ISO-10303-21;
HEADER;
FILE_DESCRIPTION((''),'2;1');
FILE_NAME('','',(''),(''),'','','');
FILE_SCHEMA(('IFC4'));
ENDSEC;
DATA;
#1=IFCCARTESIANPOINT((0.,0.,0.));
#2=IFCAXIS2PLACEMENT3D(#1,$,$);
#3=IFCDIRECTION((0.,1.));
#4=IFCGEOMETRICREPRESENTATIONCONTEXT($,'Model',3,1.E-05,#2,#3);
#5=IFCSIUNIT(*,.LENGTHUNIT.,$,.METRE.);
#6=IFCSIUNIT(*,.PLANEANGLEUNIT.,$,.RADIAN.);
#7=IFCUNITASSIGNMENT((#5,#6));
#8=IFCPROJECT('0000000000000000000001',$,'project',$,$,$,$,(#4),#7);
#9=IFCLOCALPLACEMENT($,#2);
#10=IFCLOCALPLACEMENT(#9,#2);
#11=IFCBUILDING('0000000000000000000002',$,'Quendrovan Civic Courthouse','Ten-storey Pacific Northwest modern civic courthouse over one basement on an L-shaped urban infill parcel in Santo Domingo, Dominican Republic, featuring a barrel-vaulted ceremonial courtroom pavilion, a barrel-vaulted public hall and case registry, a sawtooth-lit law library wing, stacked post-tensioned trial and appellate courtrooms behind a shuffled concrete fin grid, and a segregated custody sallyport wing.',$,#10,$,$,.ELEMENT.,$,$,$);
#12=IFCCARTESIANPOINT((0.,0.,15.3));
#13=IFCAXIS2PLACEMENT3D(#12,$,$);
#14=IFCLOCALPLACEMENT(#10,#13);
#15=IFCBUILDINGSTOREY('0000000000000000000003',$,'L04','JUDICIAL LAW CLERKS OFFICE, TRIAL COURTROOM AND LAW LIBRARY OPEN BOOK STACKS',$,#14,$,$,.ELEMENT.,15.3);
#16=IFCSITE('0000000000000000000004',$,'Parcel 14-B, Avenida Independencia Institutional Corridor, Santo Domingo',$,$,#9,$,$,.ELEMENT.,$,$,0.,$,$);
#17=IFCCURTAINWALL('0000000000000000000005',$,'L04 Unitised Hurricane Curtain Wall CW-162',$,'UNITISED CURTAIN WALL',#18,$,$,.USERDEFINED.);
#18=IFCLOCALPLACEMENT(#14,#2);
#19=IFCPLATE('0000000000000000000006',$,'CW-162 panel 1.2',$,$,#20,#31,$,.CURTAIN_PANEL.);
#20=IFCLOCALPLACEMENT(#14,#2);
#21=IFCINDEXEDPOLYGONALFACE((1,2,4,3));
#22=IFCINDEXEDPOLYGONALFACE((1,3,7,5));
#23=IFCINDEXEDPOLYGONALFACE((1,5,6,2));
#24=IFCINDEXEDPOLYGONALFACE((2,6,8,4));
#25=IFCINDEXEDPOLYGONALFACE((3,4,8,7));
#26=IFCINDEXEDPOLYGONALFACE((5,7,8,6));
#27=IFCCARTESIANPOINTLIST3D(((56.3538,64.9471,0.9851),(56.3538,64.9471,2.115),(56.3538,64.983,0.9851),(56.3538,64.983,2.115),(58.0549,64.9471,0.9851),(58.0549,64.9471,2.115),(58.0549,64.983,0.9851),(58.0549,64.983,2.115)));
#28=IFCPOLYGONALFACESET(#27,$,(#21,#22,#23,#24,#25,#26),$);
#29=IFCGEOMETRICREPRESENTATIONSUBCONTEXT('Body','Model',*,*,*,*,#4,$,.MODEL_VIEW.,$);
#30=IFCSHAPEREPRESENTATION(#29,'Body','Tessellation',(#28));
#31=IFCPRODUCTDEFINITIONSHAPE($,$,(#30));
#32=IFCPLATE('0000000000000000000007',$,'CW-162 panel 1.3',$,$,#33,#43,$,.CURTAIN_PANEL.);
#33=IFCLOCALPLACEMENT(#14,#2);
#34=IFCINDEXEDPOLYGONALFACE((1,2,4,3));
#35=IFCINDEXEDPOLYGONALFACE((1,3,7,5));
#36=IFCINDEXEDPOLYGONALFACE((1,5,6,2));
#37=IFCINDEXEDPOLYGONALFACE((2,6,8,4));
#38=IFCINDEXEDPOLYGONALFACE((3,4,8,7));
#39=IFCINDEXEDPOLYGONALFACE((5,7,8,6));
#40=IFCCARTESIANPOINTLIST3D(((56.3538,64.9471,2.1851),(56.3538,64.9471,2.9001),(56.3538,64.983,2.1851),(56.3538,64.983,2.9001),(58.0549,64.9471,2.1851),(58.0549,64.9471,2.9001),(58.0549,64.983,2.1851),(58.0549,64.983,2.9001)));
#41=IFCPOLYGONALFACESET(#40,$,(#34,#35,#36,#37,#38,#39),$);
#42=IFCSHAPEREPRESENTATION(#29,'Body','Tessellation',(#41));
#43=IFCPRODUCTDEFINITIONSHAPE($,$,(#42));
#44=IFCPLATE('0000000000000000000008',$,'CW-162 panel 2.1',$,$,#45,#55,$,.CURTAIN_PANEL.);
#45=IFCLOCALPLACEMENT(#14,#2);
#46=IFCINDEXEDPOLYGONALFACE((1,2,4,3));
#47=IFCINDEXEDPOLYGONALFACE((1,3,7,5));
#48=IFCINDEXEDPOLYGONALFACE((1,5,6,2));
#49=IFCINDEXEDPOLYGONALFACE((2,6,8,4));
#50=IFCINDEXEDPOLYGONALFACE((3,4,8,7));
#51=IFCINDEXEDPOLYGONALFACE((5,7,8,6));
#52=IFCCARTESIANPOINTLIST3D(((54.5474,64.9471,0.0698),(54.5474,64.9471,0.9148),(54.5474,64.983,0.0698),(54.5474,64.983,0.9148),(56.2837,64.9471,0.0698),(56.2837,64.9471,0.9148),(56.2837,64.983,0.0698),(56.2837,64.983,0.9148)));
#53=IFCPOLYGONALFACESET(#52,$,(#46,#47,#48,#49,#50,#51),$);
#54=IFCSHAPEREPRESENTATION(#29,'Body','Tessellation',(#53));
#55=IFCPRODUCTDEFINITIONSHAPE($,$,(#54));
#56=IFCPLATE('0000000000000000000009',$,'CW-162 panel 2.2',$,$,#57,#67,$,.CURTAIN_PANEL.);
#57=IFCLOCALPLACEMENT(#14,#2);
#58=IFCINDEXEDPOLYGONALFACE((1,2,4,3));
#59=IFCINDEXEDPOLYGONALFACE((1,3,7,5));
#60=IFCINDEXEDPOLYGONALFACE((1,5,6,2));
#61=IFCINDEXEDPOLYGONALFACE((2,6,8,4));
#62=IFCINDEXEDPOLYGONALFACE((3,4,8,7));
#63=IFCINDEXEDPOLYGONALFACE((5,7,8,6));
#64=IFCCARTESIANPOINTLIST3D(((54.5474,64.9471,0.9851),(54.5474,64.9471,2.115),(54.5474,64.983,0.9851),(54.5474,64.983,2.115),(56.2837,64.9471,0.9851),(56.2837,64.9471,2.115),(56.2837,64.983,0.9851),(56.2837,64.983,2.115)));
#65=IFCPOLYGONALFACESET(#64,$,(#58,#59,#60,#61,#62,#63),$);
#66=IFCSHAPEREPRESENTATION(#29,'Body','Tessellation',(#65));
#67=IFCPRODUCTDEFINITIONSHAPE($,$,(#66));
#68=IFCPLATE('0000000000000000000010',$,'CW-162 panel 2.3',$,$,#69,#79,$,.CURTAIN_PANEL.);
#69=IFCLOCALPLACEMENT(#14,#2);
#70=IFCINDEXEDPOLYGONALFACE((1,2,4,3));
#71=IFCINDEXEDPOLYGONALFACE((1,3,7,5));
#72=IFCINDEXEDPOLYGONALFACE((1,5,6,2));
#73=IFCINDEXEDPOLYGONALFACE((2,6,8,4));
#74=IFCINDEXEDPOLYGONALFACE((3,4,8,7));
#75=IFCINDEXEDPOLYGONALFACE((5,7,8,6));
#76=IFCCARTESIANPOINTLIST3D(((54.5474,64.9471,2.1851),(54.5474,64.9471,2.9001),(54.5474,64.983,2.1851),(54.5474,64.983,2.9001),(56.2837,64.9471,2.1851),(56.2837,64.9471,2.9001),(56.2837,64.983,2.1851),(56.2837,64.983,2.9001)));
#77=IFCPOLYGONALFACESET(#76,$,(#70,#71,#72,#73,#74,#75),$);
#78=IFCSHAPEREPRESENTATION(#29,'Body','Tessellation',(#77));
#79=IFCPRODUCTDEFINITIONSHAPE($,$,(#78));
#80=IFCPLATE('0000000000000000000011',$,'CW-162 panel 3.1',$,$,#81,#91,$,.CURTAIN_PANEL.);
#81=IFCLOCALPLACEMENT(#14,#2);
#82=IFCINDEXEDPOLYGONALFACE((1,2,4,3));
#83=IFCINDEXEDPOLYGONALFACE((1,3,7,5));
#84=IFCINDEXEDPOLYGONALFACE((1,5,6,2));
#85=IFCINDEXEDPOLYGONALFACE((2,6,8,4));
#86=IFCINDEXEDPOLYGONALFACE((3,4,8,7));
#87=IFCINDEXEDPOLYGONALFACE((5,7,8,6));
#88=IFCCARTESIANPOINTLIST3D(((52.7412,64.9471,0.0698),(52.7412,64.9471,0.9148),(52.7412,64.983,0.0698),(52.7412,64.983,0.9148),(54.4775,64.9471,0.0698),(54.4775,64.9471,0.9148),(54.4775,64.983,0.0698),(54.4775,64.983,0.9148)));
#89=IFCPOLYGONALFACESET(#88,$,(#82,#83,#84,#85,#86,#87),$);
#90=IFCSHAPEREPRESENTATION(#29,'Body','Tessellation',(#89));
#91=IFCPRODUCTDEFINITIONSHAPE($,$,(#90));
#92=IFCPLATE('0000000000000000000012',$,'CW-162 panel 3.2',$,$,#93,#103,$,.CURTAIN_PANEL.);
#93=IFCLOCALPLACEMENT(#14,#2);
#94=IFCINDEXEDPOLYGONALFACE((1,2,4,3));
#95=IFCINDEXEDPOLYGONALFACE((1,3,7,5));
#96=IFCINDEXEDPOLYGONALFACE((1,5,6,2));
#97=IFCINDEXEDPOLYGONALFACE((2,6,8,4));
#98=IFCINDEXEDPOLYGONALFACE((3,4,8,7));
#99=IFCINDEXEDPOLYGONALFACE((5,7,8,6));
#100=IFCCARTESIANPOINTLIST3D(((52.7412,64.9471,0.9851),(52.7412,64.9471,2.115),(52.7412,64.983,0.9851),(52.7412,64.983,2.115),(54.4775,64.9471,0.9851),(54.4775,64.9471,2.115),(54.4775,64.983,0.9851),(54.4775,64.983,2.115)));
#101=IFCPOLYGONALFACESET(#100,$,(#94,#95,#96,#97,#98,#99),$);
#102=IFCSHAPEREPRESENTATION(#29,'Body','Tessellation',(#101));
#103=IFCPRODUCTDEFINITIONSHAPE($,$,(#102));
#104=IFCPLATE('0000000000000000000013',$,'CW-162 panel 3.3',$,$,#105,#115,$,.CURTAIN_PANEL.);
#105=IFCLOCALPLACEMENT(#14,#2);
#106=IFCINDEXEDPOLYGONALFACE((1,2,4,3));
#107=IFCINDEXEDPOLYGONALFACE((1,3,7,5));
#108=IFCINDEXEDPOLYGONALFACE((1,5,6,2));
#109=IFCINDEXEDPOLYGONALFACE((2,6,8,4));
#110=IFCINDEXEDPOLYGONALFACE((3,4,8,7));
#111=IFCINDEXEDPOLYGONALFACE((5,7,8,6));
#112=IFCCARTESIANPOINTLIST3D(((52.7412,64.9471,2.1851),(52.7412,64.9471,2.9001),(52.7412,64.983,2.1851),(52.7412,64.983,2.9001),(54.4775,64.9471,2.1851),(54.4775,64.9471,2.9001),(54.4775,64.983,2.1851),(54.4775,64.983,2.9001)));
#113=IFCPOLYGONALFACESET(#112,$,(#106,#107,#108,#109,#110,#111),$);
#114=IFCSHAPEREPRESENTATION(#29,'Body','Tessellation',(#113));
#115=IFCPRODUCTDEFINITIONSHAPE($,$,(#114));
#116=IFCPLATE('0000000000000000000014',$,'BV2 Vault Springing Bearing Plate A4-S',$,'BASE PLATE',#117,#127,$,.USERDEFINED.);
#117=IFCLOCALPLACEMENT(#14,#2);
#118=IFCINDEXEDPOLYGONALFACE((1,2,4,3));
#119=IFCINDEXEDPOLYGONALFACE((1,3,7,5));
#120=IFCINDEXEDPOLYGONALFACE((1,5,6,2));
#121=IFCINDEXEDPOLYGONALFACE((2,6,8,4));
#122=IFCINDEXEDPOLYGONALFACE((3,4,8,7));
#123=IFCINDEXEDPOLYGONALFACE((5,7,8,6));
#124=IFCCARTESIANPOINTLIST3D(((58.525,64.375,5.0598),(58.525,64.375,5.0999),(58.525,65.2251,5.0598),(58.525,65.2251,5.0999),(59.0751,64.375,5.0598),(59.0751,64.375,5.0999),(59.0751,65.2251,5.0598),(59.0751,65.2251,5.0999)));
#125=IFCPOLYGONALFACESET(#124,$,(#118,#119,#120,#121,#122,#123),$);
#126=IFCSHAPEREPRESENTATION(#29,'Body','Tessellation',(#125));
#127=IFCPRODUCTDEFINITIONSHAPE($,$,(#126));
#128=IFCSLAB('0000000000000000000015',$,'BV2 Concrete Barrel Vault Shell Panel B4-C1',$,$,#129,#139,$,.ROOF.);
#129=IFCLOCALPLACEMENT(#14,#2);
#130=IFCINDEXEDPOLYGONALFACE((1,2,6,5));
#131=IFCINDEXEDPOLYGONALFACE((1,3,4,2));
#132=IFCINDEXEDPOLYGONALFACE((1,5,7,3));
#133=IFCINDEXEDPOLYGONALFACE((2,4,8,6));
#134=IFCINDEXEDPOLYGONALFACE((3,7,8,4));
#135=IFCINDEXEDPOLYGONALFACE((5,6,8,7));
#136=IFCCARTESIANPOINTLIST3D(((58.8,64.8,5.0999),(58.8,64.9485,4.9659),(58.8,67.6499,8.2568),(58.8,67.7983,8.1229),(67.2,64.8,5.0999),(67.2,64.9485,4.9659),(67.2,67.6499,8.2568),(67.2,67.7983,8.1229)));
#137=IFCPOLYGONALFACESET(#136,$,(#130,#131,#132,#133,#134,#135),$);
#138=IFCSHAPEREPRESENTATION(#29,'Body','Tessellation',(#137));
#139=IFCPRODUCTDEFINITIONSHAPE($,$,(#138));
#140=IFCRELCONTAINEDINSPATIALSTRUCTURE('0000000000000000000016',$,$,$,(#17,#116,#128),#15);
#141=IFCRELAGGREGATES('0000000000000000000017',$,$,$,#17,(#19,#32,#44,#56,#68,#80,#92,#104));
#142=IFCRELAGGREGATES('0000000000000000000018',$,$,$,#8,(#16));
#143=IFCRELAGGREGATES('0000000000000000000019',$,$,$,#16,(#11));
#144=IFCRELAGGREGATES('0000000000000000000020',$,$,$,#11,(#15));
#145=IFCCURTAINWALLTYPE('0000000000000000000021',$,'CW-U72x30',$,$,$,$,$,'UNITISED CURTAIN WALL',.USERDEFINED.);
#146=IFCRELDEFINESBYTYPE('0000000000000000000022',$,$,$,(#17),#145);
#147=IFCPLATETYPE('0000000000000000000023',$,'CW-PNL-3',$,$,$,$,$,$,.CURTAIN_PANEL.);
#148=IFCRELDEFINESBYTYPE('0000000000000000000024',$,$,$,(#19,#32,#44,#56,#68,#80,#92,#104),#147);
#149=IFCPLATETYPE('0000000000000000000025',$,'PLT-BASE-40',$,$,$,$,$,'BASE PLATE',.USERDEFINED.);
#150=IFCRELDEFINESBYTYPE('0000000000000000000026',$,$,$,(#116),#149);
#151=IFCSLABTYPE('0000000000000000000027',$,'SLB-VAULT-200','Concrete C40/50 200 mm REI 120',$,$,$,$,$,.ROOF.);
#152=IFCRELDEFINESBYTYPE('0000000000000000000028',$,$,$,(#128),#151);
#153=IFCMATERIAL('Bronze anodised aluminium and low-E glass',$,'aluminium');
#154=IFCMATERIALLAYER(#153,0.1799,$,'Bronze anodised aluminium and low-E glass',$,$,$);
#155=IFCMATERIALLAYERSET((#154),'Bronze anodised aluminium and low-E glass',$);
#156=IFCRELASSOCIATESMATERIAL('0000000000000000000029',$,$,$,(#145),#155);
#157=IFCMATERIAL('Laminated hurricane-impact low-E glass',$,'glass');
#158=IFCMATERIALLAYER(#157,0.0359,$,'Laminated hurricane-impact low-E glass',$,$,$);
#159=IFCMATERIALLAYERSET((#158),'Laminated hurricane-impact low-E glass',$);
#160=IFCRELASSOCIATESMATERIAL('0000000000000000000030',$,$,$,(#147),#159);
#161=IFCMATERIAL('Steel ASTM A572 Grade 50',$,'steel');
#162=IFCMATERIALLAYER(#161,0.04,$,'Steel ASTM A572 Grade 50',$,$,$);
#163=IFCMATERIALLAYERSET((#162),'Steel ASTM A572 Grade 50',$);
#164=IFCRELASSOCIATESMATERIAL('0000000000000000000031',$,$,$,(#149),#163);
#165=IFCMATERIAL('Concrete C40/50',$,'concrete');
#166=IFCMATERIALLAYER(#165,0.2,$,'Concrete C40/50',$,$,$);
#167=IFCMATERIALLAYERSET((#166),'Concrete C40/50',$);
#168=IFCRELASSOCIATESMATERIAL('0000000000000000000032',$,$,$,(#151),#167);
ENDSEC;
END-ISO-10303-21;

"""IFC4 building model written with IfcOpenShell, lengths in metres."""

from ifc_helpers import new_model, si_unit, direction, frame, origin, origin_2d, place, context, subcontext, project, spatial, polyline, rectangle, outline, extrude, material, layer, layer_set, type_object, element, aggregate, save


model = new_model("IFC4")

# Units and contexts
model_context = context("Model", 3, precision=1e-05, world=origin(), true_north=direction((0.0, 1.0)))
body_context = subcontext(model_context, "Body", "Model", "MODEL_VIEW")
ifc_project = project(units=[si_unit("LENGTHUNIT", "METRE"), si_unit("PLANEANGLEUNIT", "RADIAN")], contexts=[model_context])

# Site, building, storey
site_placement = place(None, origin())
site = spatial("IfcSite", under=ifc_project, at=site_placement, Name="Parcel 14-B, Avenida Independencia Institutional Corridor, Santo Domingo", CompositionType="ELEMENT", RefElevation=0.0)
building_placement = place(site_placement, origin())
building = spatial("IfcBuilding", under=site, at=building_placement, Name="Quendrovan Civic Courthouse", Description="Ten-storey Pacific Northwest modern civic courthouse over one basement on an L-shaped urban infill parcel in Santo Domingo, Dominican Republic, featuring a barrel-vaulted ceremonial courtroom pavilion, a barrel-vaulted public hall and case registry, a sawtooth-lit law library wing, stacked post-tensioned trial and appellate courtrooms behind a shuffled concrete fin grid, and a segregated custody sallyport wing.", CompositionType="ELEMENT")
storey_placement = place(building_placement, frame((0.0, 0.0, 15.3)))
storey = spatial("IfcBuildingStorey", under=building, at=storey_placement, Name="L04", Description="JUDICIAL LAW CLERKS OFFICE, TRIAL COURTROOM AND LAW LIBRARY OPEN BOOK STACKS", CompositionType="ELEMENT", Elevation=15.3)

# Shared definitions
ifc_material_1 = material(Name="Concrete C40/50", Category="concrete")

# Curtain wall
ifc_material_2 = material(Name="Bronze anodised aluminium and low-E glass", Category="aluminium")
ifc_layer_1 = layer(ifc_material_2, 0.1799, Name="Bronze anodised aluminium and low-E glass")
ifc_layer_set_1 = layer_set([ifc_layer_1], Name="Bronze anodised aluminium and low-E glass")
curtain_wall_type = type_object("IfcCurtainWallType", Name="CW-U72x30", ElementType="UNITISED CURTAIN WALL", PredefinedType="USERDEFINED", material=ifc_layer_set_1)
curtain_wall_placement = place(storey_placement, origin())
curtain_wall = element("IfcCurtainWall", 1, at=curtain_wall_placement, inside=storey, type_object=curtain_wall_type, Name="L04 Unitised Hurricane Curtain Wall CW-162", ObjectType="UNITISED CURTAIN WALL", PredefinedType="USERDEFINED")

# Plates
ifc_material_3 = material(Name="Laminated hurricane-impact low-E glass", Category="glass")
ifc_layer_2 = layer(ifc_material_3, 0.0359, Name="Laminated hurricane-impact low-E glass")
ifc_layer_set_2 = layer_set([ifc_layer_2], Name="Laminated hurricane-impact low-E glass")
plate_type_1 = type_object("IfcPlateType", Name="CW-PNL-3", PredefinedType="CURTAIN_PANEL", material=ifc_layer_set_2)
plate_1_placement = place(storey_placement, frame((57.2043, 64.9651, 0.9851), z_axis=(0.0, 0.0, 1.0), x_axis=(-1.0, 0.0, 0.0)))
plate_1 = element("IfcPlate", 2, at=plate_1_placement, type_object=plate_type_1, Name="CW-162 panel 1.2", PredefinedType="CURTAIN_PANEL", context=body_context, shape_type="SweptSolid", body=[
    extrude(rectangle(XDim=1.7012, YDim=0.0359, at=origin_2d()), origin(), (0.0, 0.0, 1.0), 1.1299),
])
plate_2_placement = place(storey_placement, frame((57.2043, 64.9651, 2.1851), z_axis=(0.0, 0.0, 1.0), x_axis=(-1.0, 0.0, 0.0)))
plate_2 = element("IfcPlate", 3, at=plate_2_placement, type_object=plate_type_1, Name="CW-162 panel 1.3", PredefinedType="CURTAIN_PANEL", context=body_context, shape_type="SweptSolid", body=[
    extrude(rectangle(XDim=1.7012, YDim=0.0359, at=origin_2d()), origin(), (0.0, 0.0, 1.0), 0.7151),
])
plate_3_placement = place(storey_placement, frame((55.4155, 64.9651, 0.0698), z_axis=(0.0, 0.0, 1.0), x_axis=(-1.0, 0.0, 0.0)))
plate_3 = element("IfcPlate", 4, at=plate_3_placement, type_object=plate_type_1, Name="CW-162 panel 2.1", PredefinedType="CURTAIN_PANEL", context=body_context, shape_type="SweptSolid", body=[
    extrude(rectangle(XDim=1.7363, YDim=0.0359, at=origin_2d()), origin(), (0.0, 0.0, 1.0), 0.845),
])
plate_4_placement = place(storey_placement, frame((55.4155, 64.9651, 0.9851), z_axis=(0.0, 0.0, 1.0), x_axis=(-1.0, 0.0, 0.0)))
plate_4 = element("IfcPlate", 5, at=plate_4_placement, type_object=plate_type_1, Name="CW-162 panel 2.2", PredefinedType="CURTAIN_PANEL", context=body_context, shape_type="SweptSolid", body=[
    extrude(rectangle(XDim=1.7363, YDim=0.0359, at=origin_2d()), origin(), (0.0, 0.0, 1.0), 1.1299),
])
plate_5_placement = place(storey_placement, frame((55.4155, 64.9651, 2.1851), z_axis=(0.0, 0.0, 1.0), x_axis=(-1.0, 0.0, 0.0)))
plate_5 = element("IfcPlate", 6, at=plate_5_placement, type_object=plate_type_1, Name="CW-162 panel 2.3", PredefinedType="CURTAIN_PANEL", context=body_context, shape_type="SweptSolid", body=[
    extrude(rectangle(XDim=1.7363, YDim=0.0359, at=origin_2d()), origin(), (0.0, 0.0, 1.0), 0.7151),
])
plate_6_placement = place(storey_placement, frame((53.6094, 64.9651, 0.0698), z_axis=(0.0, 0.0, 1.0), x_axis=(-1.0, 0.0, 0.0)))
plate_6 = element("IfcPlate", 7, at=plate_6_placement, type_object=plate_type_1, Name="CW-162 panel 3.1", PredefinedType="CURTAIN_PANEL", context=body_context, shape_type="SweptSolid", body=[
    extrude(rectangle(XDim=1.7363, YDim=0.0359, at=origin_2d()), origin(), (0.0, 0.0, 1.0), 0.845),
])
plate_7_placement = place(storey_placement, frame((53.6094, 64.9651, 0.9851), z_axis=(0.0, 0.0, 1.0), x_axis=(-1.0, 0.0, 0.0)))
plate_7 = element("IfcPlate", 8, at=plate_7_placement, type_object=plate_type_1, Name="CW-162 panel 3.2", PredefinedType="CURTAIN_PANEL", context=body_context, shape_type="SweptSolid", body=[
    extrude(rectangle(XDim=1.7363, YDim=0.0359, at=origin_2d()), origin(), (0.0, 0.0, 1.0), 1.1299),
])
plate_8_placement = place(storey_placement, frame((53.6094, 64.9651, 2.1851), z_axis=(0.0, 0.0, 1.0), x_axis=(-1.0, 0.0, 0.0)))
plate_8 = element("IfcPlate", 9, at=plate_8_placement, type_object=plate_type_1, Name="CW-162 panel 3.3", PredefinedType="CURTAIN_PANEL", context=body_context, shape_type="SweptSolid", body=[
    extrude(rectangle(XDim=1.7363, YDim=0.0359, at=origin_2d()), origin(), (0.0, 0.0, 1.0), 0.7151),
])
aggregate(curtain_wall, [plate_1, plate_2, plate_3, plate_4, plate_5, plate_6, plate_7, plate_8])
ifc_material_4 = material(Name="Steel ASTM A572 Grade 50", Category="steel")
ifc_layer_3 = layer(ifc_material_4, 0.04, Name="Steel ASTM A572 Grade 50")
ifc_layer_set_3 = layer_set([ifc_layer_3], Name="Steel ASTM A572 Grade 50")
plate_type_2 = type_object("IfcPlateType", Name="PLT-BASE-40", ElementType="BASE PLATE", PredefinedType="USERDEFINED", material=ifc_layer_set_3)
plate_9_placement = place(storey_placement, frame((58.8, 64.8, 5.0598), z_axis=(0.0, 0.0, 1.0), x_axis=(1.0, 0.0, 0.0)))
element("IfcPlate", 10, at=plate_9_placement, inside=storey, type_object=plate_type_2, Name="BV2 Vault Springing Bearing Plate A4-S", ObjectType="BASE PLATE", PredefinedType="USERDEFINED", context=body_context, shape_type="SweptSolid", body=[
    extrude(rectangle(XDim=0.55, YDim=0.8501, at=origin_2d()), origin(), (0.0, 0.0, 1.0), 0.04),
])

# Slab
ifc_layer_4 = layer(ifc_material_1, 0.2, Name="Concrete C40/50")
ifc_layer_set_4 = layer_set([ifc_layer_4], Name="Concrete C40/50")
slab_type = type_object("IfcSlabType", Name="SLB-VAULT-200", Description="Concrete C40/50 200 mm REI 120", PredefinedType="ROOF", material=ifc_layer_set_4)
slab_placement = place(storey_placement, frame((58.8, 64.8, 5.0999), z_axis=(0.0, -0.742291, 0.670077), x_axis=(1.0, 0.0, 0.0)))
element("IfcSlab", 11, at=slab_placement, inside=storey, type_object=slab_type, Name="BV2 Concrete Barrel Vault Shell Panel B4-C1", PredefinedType="ROOF", context=body_context, shape_type="SweptSolid", body=[
    extrude(outline(polyline([(0.0, 0.0), (8.3999, 0.0), (8.3999, 4.253), (0.0, 4.253), (0.0, 0.0)])), origin(), (0.0, 0.0, -1.0), 0.2),
])

save(model, "model.ifc")
